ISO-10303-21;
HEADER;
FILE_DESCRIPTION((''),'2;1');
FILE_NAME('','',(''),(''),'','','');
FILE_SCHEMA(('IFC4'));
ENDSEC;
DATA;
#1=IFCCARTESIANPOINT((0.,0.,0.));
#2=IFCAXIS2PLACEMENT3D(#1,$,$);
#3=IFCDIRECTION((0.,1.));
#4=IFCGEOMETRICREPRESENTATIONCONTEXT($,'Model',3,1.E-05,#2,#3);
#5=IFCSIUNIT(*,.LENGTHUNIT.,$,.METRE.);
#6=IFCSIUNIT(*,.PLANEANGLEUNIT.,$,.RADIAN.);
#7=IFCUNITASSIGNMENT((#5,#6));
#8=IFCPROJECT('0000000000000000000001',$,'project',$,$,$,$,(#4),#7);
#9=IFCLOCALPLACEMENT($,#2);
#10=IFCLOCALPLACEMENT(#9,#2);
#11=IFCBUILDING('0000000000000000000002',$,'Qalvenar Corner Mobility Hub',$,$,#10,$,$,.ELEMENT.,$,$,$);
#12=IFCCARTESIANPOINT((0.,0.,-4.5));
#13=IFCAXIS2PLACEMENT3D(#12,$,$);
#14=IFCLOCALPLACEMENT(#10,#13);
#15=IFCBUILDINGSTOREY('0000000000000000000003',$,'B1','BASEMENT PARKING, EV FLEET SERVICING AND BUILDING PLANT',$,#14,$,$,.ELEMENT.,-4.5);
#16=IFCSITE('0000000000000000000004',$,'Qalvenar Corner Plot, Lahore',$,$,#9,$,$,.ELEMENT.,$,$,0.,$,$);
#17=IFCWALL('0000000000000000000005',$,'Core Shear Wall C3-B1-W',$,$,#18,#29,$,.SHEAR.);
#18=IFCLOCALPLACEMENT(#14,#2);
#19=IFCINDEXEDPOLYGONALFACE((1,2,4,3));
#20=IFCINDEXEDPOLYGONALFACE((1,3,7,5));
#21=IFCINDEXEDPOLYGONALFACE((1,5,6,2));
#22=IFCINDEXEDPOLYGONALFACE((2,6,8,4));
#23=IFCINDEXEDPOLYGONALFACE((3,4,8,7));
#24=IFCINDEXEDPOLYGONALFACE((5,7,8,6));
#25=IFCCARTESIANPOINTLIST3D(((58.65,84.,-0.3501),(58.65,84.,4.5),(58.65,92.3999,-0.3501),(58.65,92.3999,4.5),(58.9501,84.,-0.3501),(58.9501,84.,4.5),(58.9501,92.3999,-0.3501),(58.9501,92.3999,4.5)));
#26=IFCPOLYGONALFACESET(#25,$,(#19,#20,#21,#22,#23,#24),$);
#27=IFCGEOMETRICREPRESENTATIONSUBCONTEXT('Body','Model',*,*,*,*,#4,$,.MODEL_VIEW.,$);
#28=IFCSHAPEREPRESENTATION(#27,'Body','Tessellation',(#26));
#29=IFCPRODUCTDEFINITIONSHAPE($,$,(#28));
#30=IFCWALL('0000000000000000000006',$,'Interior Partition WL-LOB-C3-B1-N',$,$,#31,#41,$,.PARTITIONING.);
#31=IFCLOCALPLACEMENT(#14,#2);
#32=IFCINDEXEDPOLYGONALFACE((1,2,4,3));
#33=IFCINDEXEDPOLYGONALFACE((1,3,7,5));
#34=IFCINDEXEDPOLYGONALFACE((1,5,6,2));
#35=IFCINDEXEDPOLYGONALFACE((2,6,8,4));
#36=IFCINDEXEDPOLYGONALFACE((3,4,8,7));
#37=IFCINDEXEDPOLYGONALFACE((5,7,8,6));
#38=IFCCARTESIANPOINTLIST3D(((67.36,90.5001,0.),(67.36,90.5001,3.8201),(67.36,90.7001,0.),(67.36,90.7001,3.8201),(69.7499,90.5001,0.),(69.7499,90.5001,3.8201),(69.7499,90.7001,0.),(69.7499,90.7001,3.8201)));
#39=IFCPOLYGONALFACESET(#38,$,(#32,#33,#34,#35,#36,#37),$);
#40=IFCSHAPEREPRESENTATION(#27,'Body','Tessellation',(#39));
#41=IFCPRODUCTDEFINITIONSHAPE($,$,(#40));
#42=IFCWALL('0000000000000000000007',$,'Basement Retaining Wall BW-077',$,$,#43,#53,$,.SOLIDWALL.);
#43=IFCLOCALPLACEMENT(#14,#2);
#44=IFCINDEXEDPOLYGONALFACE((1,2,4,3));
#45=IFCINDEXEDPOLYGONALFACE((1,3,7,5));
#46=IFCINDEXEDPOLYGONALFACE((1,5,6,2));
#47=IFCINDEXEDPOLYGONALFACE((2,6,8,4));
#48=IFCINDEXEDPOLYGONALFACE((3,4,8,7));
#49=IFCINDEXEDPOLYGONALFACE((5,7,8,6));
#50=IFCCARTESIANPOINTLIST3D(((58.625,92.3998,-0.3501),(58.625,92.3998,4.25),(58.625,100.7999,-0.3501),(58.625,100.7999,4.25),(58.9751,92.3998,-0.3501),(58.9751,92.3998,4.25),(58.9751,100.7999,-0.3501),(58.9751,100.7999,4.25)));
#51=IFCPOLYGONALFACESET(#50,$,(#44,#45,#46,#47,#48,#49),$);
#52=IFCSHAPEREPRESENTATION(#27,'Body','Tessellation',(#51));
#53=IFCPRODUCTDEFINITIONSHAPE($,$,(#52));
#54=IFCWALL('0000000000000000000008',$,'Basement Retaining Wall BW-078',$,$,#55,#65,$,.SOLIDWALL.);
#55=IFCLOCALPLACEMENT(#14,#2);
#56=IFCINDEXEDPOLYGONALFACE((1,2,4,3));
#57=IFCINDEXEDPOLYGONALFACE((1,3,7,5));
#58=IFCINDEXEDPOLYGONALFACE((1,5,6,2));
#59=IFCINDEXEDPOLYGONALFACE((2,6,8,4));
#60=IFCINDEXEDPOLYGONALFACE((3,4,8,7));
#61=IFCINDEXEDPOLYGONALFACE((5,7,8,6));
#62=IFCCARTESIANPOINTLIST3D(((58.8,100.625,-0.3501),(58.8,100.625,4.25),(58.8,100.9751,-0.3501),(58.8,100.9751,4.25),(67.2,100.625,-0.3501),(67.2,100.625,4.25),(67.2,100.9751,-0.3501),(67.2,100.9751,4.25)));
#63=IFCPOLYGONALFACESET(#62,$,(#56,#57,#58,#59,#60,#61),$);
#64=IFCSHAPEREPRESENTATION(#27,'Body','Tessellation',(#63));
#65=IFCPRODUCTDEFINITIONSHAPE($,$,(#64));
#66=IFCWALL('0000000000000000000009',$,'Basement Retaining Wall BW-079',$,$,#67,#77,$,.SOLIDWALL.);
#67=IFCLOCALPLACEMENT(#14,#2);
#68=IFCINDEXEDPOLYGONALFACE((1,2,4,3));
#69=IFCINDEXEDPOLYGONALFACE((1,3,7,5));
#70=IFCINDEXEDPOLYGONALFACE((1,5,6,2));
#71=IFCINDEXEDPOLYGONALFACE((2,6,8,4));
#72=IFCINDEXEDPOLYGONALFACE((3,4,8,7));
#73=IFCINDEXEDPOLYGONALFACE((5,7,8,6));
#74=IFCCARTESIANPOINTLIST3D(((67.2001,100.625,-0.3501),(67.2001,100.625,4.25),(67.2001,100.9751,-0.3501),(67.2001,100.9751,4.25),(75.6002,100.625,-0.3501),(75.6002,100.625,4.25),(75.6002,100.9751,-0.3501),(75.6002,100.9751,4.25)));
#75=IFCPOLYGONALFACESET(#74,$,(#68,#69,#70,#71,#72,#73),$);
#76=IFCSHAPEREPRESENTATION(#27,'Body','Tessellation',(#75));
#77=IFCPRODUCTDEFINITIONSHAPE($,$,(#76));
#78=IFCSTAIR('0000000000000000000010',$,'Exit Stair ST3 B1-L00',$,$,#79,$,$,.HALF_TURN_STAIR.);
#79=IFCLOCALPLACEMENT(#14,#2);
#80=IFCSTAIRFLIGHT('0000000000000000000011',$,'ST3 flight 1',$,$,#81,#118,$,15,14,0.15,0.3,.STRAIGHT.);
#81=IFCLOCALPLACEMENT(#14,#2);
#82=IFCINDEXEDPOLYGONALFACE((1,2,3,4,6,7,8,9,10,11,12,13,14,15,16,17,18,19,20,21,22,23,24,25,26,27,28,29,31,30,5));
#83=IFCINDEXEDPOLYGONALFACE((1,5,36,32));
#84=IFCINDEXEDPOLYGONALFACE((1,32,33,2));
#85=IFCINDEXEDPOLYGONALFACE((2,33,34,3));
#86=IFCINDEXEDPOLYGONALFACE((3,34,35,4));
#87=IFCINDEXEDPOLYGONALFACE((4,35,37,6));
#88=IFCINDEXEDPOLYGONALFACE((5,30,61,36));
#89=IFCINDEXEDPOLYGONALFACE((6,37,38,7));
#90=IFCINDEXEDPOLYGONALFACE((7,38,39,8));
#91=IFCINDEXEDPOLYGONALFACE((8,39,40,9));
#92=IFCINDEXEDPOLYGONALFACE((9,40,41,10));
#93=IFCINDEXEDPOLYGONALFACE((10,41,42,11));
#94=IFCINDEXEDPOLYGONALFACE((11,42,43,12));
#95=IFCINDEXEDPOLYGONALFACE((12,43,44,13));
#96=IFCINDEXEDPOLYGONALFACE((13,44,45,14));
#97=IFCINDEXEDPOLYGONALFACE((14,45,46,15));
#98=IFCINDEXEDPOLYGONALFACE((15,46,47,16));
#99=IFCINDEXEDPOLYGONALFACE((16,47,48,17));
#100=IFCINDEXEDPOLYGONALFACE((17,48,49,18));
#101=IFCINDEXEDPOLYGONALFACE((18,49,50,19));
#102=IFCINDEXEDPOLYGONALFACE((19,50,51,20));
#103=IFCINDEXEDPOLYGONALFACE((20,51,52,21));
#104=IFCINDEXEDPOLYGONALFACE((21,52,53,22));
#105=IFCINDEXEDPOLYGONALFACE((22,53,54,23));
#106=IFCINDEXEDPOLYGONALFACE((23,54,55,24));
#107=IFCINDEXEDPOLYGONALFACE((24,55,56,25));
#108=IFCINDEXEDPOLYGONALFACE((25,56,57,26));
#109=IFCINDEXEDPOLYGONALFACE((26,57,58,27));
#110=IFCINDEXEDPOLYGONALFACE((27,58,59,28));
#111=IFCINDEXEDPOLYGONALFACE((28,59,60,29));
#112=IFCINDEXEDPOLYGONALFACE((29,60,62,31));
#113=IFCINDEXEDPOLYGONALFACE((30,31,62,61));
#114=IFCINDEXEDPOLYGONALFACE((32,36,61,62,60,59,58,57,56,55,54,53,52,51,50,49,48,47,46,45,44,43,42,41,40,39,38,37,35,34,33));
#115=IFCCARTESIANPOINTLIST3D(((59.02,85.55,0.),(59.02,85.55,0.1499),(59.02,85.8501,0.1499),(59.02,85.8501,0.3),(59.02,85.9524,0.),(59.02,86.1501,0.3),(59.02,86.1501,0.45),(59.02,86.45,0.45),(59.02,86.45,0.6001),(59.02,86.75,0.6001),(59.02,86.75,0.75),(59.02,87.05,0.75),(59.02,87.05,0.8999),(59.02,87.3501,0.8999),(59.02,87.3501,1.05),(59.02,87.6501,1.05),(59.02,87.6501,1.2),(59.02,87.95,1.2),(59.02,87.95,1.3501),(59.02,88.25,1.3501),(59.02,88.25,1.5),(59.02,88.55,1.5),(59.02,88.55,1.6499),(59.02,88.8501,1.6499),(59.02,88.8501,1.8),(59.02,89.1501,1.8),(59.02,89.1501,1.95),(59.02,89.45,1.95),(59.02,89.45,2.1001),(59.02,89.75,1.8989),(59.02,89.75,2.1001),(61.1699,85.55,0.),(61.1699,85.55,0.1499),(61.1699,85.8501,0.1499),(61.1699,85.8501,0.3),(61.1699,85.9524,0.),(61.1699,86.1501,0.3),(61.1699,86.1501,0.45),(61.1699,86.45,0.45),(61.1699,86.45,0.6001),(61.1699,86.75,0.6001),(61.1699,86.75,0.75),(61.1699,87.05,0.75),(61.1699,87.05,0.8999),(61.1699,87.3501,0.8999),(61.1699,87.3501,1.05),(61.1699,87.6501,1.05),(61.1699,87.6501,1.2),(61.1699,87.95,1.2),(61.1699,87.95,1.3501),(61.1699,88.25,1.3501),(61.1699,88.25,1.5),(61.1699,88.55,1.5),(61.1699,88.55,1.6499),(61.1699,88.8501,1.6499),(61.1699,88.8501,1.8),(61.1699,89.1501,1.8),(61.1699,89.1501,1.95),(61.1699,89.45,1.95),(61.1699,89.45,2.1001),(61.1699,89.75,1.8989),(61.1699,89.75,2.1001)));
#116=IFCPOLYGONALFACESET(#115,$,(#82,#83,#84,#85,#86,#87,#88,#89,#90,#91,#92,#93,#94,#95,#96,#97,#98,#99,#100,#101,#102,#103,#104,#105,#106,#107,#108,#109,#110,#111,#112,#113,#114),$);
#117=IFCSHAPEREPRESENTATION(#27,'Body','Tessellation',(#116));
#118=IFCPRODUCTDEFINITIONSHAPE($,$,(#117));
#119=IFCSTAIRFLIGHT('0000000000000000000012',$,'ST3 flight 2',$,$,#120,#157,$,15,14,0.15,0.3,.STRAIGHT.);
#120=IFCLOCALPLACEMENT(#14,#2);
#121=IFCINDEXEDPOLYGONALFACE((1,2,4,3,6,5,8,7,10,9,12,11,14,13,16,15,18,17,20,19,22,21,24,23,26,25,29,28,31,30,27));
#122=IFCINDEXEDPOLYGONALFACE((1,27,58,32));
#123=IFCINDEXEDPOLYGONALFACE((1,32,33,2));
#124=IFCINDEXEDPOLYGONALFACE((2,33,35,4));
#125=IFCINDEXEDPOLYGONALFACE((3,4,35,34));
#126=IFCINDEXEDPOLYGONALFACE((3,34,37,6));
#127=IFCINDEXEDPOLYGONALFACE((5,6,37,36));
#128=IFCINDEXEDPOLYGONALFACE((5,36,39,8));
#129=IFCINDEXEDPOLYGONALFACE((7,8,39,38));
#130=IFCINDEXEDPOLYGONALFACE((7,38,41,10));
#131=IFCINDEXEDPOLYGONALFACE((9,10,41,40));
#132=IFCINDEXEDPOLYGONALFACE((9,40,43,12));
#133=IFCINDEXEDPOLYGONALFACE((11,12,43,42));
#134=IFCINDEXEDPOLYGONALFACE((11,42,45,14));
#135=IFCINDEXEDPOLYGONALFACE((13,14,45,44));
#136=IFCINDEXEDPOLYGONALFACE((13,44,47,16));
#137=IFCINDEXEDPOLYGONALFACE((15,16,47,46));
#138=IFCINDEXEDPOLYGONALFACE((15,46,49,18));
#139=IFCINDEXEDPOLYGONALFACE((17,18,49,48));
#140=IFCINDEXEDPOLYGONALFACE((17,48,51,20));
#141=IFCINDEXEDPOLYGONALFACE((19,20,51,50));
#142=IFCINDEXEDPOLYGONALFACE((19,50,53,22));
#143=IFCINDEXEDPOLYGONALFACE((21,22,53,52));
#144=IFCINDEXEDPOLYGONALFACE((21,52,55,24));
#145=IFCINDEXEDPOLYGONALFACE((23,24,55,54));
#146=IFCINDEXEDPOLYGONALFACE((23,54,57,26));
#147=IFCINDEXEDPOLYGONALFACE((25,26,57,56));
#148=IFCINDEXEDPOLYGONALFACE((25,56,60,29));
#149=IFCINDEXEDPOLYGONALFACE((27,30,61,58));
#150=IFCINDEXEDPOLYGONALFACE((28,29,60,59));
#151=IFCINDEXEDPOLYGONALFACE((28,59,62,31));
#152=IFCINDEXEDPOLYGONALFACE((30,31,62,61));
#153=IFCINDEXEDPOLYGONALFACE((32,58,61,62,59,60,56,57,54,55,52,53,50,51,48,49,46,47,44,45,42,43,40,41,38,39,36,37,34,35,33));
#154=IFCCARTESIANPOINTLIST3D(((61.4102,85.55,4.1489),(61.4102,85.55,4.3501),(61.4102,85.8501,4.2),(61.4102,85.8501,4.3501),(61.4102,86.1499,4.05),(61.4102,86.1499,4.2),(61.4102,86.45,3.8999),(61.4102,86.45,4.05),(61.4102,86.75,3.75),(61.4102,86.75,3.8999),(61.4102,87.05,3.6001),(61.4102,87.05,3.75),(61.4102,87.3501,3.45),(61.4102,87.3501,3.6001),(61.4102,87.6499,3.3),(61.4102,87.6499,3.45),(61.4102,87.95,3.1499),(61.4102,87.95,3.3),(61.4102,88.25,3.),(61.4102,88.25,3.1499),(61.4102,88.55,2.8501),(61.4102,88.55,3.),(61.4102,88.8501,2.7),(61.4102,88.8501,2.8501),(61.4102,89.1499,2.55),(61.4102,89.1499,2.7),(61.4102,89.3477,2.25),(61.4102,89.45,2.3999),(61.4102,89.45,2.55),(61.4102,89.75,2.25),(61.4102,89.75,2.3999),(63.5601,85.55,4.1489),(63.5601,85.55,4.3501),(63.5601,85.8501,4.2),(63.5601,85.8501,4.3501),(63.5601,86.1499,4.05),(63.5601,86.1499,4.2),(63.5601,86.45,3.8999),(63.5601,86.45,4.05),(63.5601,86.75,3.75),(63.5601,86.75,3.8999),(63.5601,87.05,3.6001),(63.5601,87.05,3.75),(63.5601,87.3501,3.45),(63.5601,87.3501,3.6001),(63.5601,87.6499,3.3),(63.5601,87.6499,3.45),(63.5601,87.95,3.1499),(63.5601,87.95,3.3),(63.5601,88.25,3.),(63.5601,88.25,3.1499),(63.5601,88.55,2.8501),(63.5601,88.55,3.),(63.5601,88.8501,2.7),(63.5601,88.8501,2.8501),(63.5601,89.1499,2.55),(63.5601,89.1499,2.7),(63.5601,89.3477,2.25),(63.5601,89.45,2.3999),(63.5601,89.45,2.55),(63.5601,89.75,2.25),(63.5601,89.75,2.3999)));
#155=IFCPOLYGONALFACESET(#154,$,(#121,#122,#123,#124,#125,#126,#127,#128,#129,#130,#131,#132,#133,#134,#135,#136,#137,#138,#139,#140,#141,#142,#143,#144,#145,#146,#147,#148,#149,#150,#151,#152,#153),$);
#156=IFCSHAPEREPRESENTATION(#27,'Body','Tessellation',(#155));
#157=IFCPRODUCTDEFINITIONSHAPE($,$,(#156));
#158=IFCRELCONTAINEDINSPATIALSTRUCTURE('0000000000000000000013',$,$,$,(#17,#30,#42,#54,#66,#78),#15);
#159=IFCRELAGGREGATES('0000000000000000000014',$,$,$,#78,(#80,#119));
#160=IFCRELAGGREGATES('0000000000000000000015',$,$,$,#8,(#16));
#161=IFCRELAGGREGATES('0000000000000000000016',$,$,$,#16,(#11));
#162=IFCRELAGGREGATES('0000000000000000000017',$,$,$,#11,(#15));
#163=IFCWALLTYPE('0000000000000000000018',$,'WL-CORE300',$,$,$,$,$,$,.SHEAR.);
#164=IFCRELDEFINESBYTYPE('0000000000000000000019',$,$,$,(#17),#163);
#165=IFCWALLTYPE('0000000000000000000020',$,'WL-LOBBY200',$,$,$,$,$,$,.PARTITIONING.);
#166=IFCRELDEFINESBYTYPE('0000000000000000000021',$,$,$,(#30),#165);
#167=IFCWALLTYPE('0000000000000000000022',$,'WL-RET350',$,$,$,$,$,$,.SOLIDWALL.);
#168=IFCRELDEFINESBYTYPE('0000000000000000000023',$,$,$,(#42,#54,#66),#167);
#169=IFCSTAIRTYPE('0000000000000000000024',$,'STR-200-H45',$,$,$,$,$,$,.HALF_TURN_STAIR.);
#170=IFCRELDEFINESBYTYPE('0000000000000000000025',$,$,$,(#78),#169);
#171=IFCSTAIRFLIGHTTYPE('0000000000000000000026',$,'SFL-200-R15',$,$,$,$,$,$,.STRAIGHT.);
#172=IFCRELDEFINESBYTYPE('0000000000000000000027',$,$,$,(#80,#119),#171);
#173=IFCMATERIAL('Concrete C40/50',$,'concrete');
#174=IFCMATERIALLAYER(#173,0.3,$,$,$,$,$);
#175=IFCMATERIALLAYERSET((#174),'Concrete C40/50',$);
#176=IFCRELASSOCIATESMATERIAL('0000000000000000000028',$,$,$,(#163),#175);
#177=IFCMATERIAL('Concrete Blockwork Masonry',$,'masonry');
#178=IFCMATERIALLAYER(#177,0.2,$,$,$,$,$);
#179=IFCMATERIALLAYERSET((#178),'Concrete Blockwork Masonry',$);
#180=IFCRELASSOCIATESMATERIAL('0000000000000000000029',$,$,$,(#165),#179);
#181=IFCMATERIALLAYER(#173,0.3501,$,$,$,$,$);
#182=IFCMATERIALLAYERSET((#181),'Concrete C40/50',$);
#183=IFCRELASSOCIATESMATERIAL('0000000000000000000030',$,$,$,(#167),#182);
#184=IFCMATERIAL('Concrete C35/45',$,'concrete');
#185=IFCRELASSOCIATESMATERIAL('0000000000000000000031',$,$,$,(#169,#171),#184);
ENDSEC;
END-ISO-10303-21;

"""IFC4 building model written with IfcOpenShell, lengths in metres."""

from ifc_helpers import new_model, si_unit, direction, frame, frame_2d, origin, place, context, subcontext, project, spatial, polyline, rectangle, outline, extrude, material, layer, layer_set, type_object, element, aggregate, save


model = new_model("IFC4")

# Units and contexts
model_context = context("Model", 3, precision=1e-05, world=origin(), true_north=direction((0.0, 1.0)))
body_context = subcontext(model_context, "Body", "Model", "MODEL_VIEW")
ifc_project = project(units=[si_unit("LENGTHUNIT", "METRE"), si_unit("PLANEANGLEUNIT", "RADIAN")], contexts=[model_context])

# Site, building, storey
site_placement = place(None, origin())
site = spatial("IfcSite", under=ifc_project, at=site_placement, Name="Qalvenar Corner Plot, Lahore", CompositionType="ELEMENT", RefElevation=0.0)
building_placement = place(site_placement, origin())
building = spatial("IfcBuilding", under=site, at=building_placement, Name="Qalvenar Corner Mobility Hub", CompositionType="ELEMENT")
storey_placement = place(building_placement, frame((0.0, 0.0, -4.5)))
storey = spatial("IfcBuildingStorey", under=building, at=storey_placement, Name="B1", Description="BASEMENT PARKING, EV FLEET SERVICING AND BUILDING PLANT", CompositionType="ELEMENT", Elevation=-4.5)

# Shared definitions
ifc_material_1 = material(Name="Concrete C40/50", Category="concrete")

# Walls
ifc_layer_1 = layer(ifc_material_1, 0.3)
ifc_layer_set_1 = layer_set([ifc_layer_1], Name="Concrete C40/50")
wall_type_1 = type_object("IfcWallType", Name="WL-CORE300", PredefinedType="SHEAR", material=ifc_layer_set_1)
for number, where, z_axis, x_axis, name in (
    (1, (58.8, 92.3999, -0.3501), (0.0, 0.0, 1.0), (0.0, -1.0, 0.0), "Core Shear Wall C3-B1-W"),
):
    element("IfcWall", number, at=place(storey_placement, frame(where, z_axis=z_axis, x_axis=x_axis)), inside=storey, type_object=wall_type_1, Name=name, PredefinedType="SHEAR", context=body_context, shape_type="SweptSolid", body=[
        extrude(rectangle(XDim=8.3999, YDim=0.3, at=frame_2d((4.2, 0.0))), origin(), (0.0, 0.0, 1.0), 4.8501),
    ])
ifc_material_2 = material(Name="Concrete Blockwork Masonry", Category="masonry")
ifc_layer_2 = layer(ifc_material_2, 0.2)
ifc_layer_set_2 = layer_set([ifc_layer_2], Name="Concrete Blockwork Masonry")
wall_type_2 = type_object("IfcWallType", Name="WL-LOBBY200", PredefinedType="PARTITIONING", material=ifc_layer_set_2)
wall_1_placement = place(storey_placement, frame((67.3601, 90.6001, 0.0), z_axis=(0.0, 0.0, 1.0), x_axis=(1.0, 0.0, 0.0)))
element("IfcWall", 2, at=wall_1_placement, inside=storey, type_object=wall_type_2, Name="Interior Partition WL-LOB-C3-B1-N", PredefinedType="PARTITIONING", context=body_context, shape_type="SweptSolid", body=[
    extrude(rectangle(XDim=2.3899, YDim=0.2, at=frame_2d((1.1948, 0.0))), origin(), (0.0, 0.0, 1.0), 3.8201),
])
ifc_layer_3 = layer(ifc_material_1, 0.3501)
ifc_layer_set_3 = layer_set([ifc_layer_3], Name="Concrete C40/50")
wall_type_3 = type_object("IfcWallType", Name="WL-RET350", PredefinedType="SOLIDWALL", material=ifc_layer_set_3)
wall_2_placement = place(storey_placement, frame((58.8, 100.8, -0.3501), z_axis=(0.0, 0.0, 1.0), x_axis=(0.0, -1.0, 0.0)))
element("IfcWall", 3, at=wall_2_placement, inside=storey, type_object=wall_type_3, Name="Basement Retaining Wall BW-077", PredefinedType="SOLIDWALL", context=body_context, shape_type="SweptSolid", body=[
    extrude(rectangle(XDim=8.4001, YDim=0.3501, at=frame_2d((4.2002, 0.0))), origin(), (0.0, 0.0, 1.0), 4.6001),
])
wall_3_placement = place(storey_placement, frame((58.8, 100.8, -0.3501), z_axis=(0.0, 0.0, 1.0), x_axis=(1.0, 0.0, 0.0)))
element("IfcWall", 4, at=wall_3_placement, inside=storey, type_object=wall_type_3, Name="Basement Retaining Wall BW-078", PredefinedType="SOLIDWALL", context=body_context, shape_type="SweptSolid", body=[
    extrude(rectangle(XDim=8.3999, YDim=0.3501, at=frame_2d((4.2, 0.0))), origin(), (0.0, 0.0, 1.0), 4.6001),
])
wall_4_placement = place(storey_placement, frame((67.2, 100.8, -0.3501), z_axis=(0.0, 0.0, 1.0), x_axis=(1.0, 0.0, 0.0)))
element("IfcWall", 5, at=wall_4_placement, inside=storey, type_object=wall_type_3, Name="Basement Retaining Wall BW-079", PredefinedType="SOLIDWALL", context=body_context, shape_type="SweptSolid", body=[
    extrude(rectangle(XDim=8.4001, YDim=0.3501, at=frame_2d((4.2002, 0.0))), origin(), (0.0, 0.0, 1.0), 4.6001),
])

# Stair, stair flights
ifc_material_3 = material(Name="Concrete C35/45", Category="concrete")
stair_type = type_object("IfcStairType", Name="STR-200-H45", PredefinedType="HALF_TURN_STAIR", material=ifc_material_3)
stair_placement = place(storey_placement, origin())
stair = element("IfcStair", 6, at=stair_placement, inside=storey, type_object=stair_type, Name="Exit Stair ST3 B1-L00", PredefinedType="HALF_TURN_STAIR")
stair_flight_type = type_object("IfcStairFlightType", Name="SFL-200-R15", PredefinedType="STRAIGHT", material=ifc_material_3)
stair_flight_1_placement = place(storey_placement, frame((60.095, 85.55, 0.0), z_axis=(0.0, 0.0, 1.0), x_axis=(0.0, 1.0, 0.0)))
stair_flight_1 = element("IfcStairFlight", 7, at=stair_flight_1_placement, type_object=stair_flight_type, Name="ST3 flight 1", NumberOfRisers=15, NumberOfTreads=14, PredefinedType="STRAIGHT", RiserHeight=0.15, TreadLength=0.3, context=body_context, shape_type="SweptSolid", body=[
    extrude(outline(polyline([(0.0, 0.0), (0.0, 0.1499), (0.3, 0.1499), (0.3, 0.3), (0.6001, 0.3), (0.6001, 0.45), (0.8999, 0.45), (0.8999, 0.6001), (1.2, 0.6001), (1.2, 0.75), (1.5, 0.75), (1.5, 0.8999), (1.8, 0.8999), (1.8, 1.05), (2.1001, 1.05), (2.1001, 1.2), (2.3999, 1.2), (2.3999, 1.3501), (2.7, 1.3501), (2.7, 1.5), (3.0, 1.5), (3.0, 1.6499), (3.3, 1.6499), (3.3, 1.8), (3.6001, 1.8), (3.6001, 1.95), (3.8999, 1.95), (3.8999, 2.1001), (4.2, 2.1001), (4.2, 2.25), (4.2, 1.8989), (0.4023, 0.0), (0.0, 0.0)])), frame((0.0, 1.075, 0.0), z_axis=(0.0, -1.0, 0.0), x_axis=(1.0, 0.0, 0.0)), (0.0, 0.0, 1.0), 2.1499),
])
stair_flight_2_placement = place(storey_placement, frame((62.4851, 89.75, 2.25), z_axis=(0.0, 0.0, 1.0), x_axis=(0.0, -1.0, 0.0)))
stair_flight_2 = element("IfcStairFlight", 8, at=stair_flight_2_placement, type_object=stair_flight_type, Name="ST3 flight 2", NumberOfRisers=15, NumberOfTreads=14, PredefinedType="STRAIGHT", RiserHeight=0.15, TreadLength=0.3, context=body_context, shape_type="SweptSolid", body=[
    extrude(outline(polyline([(0.0, 0.0), (0.0, 0.1499), (0.3, 0.1499), (0.3, 0.3), (0.6001, 0.3), (0.6001, 0.45), (0.8999, 0.45), (0.8999, 0.6001), (1.2, 0.6001), (1.2, 0.75), (1.5, 0.75), (1.5, 0.8999), (1.8, 0.8999), (1.8, 1.05), (2.1001, 1.05), (2.1001, 1.2), (2.3999, 1.2), (2.3999, 1.3501), (2.7, 1.3501), (2.7, 1.5), (3.0, 1.5), (3.0, 1.6499), (3.3, 1.6499), (3.3, 1.8), (3.6001, 1.8), (3.6001, 1.95), (3.8999, 1.95), (3.8999, 2.1001), (4.2, 2.1001), (4.2, 2.25), (4.2, 1.8989), (0.4023, 0.0), (0.0, 0.0)])), frame((0.0, 1.075, 0.0), z_axis=(0.0, -1.0, 0.0), x_axis=(1.0, 0.0, 0.0)), (0.0, 0.0, 1.0), 2.1499),
])
aggregate(stair, [stair_flight_1, stair_flight_2])

save(model, "model.ifc")
